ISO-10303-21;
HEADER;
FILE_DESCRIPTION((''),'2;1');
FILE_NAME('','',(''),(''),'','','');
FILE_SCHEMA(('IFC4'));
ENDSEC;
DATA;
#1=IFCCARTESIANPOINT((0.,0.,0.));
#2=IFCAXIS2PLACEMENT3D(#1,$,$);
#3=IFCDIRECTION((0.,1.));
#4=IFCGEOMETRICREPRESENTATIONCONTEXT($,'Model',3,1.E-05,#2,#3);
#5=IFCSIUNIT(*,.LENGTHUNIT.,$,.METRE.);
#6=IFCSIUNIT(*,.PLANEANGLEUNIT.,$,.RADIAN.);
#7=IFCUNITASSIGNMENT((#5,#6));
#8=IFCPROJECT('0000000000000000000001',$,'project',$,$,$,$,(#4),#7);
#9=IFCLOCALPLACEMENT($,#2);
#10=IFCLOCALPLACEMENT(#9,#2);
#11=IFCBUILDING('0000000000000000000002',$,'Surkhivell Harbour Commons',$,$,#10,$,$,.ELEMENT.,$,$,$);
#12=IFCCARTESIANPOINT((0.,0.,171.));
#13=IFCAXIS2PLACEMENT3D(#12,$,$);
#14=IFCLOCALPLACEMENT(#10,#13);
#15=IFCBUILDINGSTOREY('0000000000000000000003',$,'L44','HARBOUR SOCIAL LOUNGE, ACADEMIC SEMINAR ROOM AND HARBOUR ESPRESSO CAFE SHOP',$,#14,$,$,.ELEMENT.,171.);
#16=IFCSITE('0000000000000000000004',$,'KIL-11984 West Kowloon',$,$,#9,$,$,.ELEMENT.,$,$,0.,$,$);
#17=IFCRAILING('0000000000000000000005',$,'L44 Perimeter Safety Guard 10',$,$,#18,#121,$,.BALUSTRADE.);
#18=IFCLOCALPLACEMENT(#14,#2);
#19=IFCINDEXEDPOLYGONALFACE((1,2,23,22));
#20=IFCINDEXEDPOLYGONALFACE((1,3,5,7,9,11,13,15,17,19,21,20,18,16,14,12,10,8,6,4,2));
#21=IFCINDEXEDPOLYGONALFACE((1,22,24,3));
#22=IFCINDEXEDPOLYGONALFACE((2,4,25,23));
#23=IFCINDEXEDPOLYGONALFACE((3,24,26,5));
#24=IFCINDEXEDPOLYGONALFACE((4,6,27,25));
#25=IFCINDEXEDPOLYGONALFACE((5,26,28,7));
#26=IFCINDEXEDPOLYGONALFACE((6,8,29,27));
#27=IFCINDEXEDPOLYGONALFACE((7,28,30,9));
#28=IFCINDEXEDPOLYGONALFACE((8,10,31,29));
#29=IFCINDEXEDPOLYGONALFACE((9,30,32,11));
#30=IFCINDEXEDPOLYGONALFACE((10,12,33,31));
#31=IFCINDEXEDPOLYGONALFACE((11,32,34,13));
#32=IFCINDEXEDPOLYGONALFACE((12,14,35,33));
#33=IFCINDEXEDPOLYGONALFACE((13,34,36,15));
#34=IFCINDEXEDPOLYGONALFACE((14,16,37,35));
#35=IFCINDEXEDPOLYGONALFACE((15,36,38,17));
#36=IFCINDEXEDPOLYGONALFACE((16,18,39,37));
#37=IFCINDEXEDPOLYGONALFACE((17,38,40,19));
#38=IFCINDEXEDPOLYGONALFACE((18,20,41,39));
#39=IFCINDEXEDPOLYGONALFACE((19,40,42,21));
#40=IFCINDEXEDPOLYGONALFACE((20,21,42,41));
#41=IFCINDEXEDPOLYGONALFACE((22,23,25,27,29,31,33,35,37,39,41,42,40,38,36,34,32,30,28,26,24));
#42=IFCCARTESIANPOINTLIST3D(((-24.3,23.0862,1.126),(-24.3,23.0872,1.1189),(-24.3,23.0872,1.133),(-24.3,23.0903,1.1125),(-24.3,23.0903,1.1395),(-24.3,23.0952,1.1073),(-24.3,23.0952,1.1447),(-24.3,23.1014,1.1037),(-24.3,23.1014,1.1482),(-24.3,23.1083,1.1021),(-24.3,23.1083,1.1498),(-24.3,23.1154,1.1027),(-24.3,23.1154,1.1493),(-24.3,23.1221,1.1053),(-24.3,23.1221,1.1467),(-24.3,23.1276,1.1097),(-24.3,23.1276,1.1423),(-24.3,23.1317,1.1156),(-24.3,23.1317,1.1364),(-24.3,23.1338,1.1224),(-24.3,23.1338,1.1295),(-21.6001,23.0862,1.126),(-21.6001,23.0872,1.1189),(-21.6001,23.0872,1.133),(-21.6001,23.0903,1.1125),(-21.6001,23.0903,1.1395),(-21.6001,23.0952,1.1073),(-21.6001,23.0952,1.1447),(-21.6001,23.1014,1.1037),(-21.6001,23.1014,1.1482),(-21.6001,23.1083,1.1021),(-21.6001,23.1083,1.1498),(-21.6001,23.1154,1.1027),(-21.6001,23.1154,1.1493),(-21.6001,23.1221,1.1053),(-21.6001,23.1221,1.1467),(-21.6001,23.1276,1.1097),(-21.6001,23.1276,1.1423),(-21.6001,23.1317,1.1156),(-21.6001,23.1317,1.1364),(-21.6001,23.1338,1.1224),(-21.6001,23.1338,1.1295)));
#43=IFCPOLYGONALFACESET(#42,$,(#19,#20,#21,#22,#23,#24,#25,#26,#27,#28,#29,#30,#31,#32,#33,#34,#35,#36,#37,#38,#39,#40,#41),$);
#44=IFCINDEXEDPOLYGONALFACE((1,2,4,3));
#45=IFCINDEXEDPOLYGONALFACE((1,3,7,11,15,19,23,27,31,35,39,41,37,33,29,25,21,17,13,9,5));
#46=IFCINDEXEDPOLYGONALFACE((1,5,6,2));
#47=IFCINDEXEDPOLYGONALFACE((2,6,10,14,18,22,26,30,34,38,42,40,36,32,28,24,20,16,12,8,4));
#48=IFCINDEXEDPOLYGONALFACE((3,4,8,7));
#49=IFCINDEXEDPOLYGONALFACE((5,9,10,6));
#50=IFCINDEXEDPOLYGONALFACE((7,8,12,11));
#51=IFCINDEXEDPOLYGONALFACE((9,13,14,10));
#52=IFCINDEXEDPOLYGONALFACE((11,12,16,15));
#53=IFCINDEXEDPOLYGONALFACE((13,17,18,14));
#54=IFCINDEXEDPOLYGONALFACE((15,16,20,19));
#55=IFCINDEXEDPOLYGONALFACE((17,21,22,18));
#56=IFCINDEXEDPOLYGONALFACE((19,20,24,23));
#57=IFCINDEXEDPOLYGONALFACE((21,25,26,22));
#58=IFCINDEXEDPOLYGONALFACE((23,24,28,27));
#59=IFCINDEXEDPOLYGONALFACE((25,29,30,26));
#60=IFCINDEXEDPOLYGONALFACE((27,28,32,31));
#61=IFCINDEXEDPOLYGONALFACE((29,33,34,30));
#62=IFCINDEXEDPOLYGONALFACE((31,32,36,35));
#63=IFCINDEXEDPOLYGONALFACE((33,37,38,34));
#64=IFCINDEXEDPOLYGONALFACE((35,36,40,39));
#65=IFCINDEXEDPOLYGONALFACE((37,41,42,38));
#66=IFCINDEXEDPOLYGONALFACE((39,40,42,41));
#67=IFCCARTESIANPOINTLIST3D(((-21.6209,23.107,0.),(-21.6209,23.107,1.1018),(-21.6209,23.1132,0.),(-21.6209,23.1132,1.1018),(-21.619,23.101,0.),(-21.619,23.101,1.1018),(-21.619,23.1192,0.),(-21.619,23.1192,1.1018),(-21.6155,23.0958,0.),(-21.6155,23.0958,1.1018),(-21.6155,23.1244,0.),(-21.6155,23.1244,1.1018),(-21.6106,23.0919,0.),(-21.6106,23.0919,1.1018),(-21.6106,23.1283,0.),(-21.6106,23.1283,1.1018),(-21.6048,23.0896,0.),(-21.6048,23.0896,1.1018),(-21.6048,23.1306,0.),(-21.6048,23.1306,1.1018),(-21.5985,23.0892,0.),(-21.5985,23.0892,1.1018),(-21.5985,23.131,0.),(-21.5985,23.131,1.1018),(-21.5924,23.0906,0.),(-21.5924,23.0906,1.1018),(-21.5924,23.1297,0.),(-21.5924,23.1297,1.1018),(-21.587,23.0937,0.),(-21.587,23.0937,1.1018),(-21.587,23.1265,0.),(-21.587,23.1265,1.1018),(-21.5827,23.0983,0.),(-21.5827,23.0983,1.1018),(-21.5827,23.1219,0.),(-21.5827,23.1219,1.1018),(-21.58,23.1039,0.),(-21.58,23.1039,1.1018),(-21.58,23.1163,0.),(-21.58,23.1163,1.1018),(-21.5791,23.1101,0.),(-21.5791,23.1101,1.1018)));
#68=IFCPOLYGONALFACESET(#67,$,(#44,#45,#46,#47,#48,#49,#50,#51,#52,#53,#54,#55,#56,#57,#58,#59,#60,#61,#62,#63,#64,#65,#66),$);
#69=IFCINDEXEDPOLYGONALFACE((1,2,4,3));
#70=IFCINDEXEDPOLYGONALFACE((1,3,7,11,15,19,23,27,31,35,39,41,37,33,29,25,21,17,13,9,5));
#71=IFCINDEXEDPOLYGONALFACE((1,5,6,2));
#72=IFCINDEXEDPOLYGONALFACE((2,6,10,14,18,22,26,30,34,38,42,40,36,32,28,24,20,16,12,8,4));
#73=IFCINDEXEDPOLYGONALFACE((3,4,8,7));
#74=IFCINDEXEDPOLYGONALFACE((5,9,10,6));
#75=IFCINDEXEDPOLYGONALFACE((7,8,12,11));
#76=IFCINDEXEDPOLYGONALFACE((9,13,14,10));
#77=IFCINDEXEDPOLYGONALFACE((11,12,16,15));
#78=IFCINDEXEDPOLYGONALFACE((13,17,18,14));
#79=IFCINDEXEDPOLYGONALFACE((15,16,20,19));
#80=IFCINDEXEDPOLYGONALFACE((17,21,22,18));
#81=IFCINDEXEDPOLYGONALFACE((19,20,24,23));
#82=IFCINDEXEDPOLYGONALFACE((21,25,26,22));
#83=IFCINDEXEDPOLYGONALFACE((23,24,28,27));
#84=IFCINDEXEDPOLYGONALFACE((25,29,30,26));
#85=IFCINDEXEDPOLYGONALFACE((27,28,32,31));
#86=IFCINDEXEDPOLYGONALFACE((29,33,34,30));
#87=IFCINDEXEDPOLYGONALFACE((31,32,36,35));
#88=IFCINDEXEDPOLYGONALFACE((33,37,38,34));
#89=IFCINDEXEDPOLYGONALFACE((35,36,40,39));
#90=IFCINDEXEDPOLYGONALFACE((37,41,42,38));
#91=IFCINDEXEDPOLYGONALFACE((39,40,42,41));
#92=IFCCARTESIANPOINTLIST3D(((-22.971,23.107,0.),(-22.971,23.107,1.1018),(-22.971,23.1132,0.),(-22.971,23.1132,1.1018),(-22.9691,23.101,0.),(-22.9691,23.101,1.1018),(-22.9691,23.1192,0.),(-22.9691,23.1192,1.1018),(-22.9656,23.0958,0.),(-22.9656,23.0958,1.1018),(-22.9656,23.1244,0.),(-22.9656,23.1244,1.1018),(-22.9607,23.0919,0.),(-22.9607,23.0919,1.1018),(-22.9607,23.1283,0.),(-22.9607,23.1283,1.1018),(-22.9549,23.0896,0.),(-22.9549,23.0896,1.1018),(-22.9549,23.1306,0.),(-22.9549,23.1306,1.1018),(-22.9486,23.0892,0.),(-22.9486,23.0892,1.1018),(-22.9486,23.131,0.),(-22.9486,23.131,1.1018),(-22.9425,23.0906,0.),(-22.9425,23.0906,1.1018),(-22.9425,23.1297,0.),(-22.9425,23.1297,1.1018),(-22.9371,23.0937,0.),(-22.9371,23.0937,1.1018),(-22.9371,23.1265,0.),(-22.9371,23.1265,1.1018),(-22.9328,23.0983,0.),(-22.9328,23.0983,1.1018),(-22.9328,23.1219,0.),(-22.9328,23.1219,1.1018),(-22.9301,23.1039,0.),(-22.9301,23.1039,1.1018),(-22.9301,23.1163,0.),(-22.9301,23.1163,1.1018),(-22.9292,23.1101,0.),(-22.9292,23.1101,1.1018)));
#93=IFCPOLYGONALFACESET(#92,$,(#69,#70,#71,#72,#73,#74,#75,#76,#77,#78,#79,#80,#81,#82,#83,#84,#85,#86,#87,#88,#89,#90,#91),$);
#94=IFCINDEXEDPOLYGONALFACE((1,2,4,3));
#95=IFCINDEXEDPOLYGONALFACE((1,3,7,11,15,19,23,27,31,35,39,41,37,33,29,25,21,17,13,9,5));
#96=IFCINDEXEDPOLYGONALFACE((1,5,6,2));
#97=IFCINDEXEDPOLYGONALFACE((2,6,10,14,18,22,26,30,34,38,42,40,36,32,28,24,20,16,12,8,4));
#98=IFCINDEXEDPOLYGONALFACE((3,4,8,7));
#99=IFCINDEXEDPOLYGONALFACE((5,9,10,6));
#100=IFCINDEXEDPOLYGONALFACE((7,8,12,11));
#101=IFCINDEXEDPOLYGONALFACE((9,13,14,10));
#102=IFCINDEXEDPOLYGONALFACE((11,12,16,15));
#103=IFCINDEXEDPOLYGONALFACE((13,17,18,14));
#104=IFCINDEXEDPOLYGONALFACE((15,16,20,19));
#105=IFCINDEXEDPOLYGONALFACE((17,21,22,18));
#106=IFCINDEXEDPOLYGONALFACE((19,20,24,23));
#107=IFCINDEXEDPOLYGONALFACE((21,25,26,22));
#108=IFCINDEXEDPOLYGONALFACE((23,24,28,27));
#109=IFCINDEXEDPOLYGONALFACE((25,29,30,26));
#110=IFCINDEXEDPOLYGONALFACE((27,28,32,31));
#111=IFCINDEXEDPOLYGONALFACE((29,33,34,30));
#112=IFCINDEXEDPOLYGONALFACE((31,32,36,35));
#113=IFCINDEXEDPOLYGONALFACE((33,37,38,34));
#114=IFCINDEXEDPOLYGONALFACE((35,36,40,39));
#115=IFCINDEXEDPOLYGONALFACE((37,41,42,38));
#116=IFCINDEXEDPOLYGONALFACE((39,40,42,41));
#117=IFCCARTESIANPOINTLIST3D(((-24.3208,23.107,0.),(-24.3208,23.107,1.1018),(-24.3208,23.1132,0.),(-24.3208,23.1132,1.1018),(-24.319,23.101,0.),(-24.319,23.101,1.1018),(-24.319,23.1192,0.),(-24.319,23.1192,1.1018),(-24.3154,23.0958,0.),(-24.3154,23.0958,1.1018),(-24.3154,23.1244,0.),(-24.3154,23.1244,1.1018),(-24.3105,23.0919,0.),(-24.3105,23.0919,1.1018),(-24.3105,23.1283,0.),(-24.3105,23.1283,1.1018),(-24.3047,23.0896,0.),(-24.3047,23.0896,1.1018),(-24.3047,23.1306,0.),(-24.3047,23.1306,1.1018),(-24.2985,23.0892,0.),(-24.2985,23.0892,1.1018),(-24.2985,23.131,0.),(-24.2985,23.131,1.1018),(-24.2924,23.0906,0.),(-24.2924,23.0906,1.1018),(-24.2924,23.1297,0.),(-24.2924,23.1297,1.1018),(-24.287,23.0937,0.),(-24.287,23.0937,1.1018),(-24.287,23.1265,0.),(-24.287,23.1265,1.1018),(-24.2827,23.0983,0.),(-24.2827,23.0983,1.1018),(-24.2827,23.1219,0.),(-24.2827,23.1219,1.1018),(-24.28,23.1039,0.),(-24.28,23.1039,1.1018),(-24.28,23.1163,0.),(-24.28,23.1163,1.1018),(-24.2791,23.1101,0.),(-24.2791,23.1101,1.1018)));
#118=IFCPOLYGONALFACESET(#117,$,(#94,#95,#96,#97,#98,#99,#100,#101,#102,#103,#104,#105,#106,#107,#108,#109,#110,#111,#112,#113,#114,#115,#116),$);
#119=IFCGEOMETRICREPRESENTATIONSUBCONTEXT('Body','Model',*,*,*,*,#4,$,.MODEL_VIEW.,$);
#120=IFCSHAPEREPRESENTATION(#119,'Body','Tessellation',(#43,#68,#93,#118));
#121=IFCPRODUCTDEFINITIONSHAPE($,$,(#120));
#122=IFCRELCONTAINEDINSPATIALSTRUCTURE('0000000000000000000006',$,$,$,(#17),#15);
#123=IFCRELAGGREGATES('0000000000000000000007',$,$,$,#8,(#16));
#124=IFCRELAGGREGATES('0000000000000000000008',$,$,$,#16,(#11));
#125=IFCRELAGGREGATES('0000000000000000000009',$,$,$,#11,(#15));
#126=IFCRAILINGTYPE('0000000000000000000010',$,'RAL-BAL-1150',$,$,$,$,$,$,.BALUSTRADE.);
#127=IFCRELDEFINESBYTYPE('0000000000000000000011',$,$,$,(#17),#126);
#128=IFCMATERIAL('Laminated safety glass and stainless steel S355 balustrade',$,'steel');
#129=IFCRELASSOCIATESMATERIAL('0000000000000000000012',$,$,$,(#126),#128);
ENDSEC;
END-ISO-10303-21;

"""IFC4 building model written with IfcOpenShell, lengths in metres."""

from ifc_helpers import new_model, si_unit, direction, frame, origin, origin_2d, place, context, subcontext, project, spatial, circle, extrude, material, type_object, element, save


model = new_model("IFC4")

# Units and contexts
model_context = context("Model", 3, precision=1e-05, world=origin(), true_north=direction((0.0, 1.0)))
body_context = subcontext(model_context, "Body", "Model", "MODEL_VIEW")
ifc_project = project(units=[si_unit("LENGTHUNIT", "METRE"), si_unit("PLANEANGLEUNIT", "RADIAN")], contexts=[model_context])

# Site, building, storey
site_placement = place(None, origin())
site = spatial("IfcSite", under=ifc_project, at=site_placement, Name="KIL-11984 West Kowloon", CompositionType="ELEMENT", RefElevation=0.0)
building_placement = place(site_placement, origin())
building = spatial("IfcBuilding", under=site, at=building_placement, Name="Surkhivell Harbour Commons", CompositionType="ELEMENT")
storey_placement = place(building_placement, frame((0.0, 0.0, 171.0)))
storey = spatial("IfcBuildingStorey", under=building, at=storey_placement, Name="L44", Description="HARBOUR SOCIAL LOUNGE, ACADEMIC SEMINAR ROOM AND HARBOUR ESPRESSO CAFE SHOP", CompositionType="ELEMENT", Elevation=171.0)

# Railing
ifc_material_1 = material(Name="Laminated safety glass and stainless steel S355 balustrade", Category="steel")
railing_type = type_object("IfcRailingType", Name="RAL-BAL-1150", PredefinedType="BALUSTRADE", material=ifc_material_1)
railing_1_placement = place(storey_placement, frame((-21.6001, 23.1101, 0.0)))
element("IfcRailing", 1, at=railing_1_placement, inside=storey, type_object=railing_type, Name="L44 Perimeter Safety Guard 10", PredefinedType="BALUSTRADE", context=body_context, shape_type="SweptSolid", body=[
    extrude(circle(Radius=0.0239, at=origin_2d()), frame((0.0, 0.0, 1.126), z_axis=(-1.0, 0.0, 0.0), x_axis=(0.0, -1.0, 0.0)), (0.0, 0.0, 1.0), 2.7),
    extrude(circle(Radius=0.021, at=origin_2d()), origin(), (0.0, 0.0, 1.0), 1.1018),
    extrude(circle(Radius=0.021, at=origin_2d()), frame((-1.3501, 0.0, 0.0)), (0.0, 0.0, 1.0), 1.1018),
    extrude(circle(Radius=0.021, at=origin_2d()), frame((-2.7, 0.0, 0.0)), (0.0, 0.0, 1.0), 1.1018),
])

save(model, "model.ifc")
